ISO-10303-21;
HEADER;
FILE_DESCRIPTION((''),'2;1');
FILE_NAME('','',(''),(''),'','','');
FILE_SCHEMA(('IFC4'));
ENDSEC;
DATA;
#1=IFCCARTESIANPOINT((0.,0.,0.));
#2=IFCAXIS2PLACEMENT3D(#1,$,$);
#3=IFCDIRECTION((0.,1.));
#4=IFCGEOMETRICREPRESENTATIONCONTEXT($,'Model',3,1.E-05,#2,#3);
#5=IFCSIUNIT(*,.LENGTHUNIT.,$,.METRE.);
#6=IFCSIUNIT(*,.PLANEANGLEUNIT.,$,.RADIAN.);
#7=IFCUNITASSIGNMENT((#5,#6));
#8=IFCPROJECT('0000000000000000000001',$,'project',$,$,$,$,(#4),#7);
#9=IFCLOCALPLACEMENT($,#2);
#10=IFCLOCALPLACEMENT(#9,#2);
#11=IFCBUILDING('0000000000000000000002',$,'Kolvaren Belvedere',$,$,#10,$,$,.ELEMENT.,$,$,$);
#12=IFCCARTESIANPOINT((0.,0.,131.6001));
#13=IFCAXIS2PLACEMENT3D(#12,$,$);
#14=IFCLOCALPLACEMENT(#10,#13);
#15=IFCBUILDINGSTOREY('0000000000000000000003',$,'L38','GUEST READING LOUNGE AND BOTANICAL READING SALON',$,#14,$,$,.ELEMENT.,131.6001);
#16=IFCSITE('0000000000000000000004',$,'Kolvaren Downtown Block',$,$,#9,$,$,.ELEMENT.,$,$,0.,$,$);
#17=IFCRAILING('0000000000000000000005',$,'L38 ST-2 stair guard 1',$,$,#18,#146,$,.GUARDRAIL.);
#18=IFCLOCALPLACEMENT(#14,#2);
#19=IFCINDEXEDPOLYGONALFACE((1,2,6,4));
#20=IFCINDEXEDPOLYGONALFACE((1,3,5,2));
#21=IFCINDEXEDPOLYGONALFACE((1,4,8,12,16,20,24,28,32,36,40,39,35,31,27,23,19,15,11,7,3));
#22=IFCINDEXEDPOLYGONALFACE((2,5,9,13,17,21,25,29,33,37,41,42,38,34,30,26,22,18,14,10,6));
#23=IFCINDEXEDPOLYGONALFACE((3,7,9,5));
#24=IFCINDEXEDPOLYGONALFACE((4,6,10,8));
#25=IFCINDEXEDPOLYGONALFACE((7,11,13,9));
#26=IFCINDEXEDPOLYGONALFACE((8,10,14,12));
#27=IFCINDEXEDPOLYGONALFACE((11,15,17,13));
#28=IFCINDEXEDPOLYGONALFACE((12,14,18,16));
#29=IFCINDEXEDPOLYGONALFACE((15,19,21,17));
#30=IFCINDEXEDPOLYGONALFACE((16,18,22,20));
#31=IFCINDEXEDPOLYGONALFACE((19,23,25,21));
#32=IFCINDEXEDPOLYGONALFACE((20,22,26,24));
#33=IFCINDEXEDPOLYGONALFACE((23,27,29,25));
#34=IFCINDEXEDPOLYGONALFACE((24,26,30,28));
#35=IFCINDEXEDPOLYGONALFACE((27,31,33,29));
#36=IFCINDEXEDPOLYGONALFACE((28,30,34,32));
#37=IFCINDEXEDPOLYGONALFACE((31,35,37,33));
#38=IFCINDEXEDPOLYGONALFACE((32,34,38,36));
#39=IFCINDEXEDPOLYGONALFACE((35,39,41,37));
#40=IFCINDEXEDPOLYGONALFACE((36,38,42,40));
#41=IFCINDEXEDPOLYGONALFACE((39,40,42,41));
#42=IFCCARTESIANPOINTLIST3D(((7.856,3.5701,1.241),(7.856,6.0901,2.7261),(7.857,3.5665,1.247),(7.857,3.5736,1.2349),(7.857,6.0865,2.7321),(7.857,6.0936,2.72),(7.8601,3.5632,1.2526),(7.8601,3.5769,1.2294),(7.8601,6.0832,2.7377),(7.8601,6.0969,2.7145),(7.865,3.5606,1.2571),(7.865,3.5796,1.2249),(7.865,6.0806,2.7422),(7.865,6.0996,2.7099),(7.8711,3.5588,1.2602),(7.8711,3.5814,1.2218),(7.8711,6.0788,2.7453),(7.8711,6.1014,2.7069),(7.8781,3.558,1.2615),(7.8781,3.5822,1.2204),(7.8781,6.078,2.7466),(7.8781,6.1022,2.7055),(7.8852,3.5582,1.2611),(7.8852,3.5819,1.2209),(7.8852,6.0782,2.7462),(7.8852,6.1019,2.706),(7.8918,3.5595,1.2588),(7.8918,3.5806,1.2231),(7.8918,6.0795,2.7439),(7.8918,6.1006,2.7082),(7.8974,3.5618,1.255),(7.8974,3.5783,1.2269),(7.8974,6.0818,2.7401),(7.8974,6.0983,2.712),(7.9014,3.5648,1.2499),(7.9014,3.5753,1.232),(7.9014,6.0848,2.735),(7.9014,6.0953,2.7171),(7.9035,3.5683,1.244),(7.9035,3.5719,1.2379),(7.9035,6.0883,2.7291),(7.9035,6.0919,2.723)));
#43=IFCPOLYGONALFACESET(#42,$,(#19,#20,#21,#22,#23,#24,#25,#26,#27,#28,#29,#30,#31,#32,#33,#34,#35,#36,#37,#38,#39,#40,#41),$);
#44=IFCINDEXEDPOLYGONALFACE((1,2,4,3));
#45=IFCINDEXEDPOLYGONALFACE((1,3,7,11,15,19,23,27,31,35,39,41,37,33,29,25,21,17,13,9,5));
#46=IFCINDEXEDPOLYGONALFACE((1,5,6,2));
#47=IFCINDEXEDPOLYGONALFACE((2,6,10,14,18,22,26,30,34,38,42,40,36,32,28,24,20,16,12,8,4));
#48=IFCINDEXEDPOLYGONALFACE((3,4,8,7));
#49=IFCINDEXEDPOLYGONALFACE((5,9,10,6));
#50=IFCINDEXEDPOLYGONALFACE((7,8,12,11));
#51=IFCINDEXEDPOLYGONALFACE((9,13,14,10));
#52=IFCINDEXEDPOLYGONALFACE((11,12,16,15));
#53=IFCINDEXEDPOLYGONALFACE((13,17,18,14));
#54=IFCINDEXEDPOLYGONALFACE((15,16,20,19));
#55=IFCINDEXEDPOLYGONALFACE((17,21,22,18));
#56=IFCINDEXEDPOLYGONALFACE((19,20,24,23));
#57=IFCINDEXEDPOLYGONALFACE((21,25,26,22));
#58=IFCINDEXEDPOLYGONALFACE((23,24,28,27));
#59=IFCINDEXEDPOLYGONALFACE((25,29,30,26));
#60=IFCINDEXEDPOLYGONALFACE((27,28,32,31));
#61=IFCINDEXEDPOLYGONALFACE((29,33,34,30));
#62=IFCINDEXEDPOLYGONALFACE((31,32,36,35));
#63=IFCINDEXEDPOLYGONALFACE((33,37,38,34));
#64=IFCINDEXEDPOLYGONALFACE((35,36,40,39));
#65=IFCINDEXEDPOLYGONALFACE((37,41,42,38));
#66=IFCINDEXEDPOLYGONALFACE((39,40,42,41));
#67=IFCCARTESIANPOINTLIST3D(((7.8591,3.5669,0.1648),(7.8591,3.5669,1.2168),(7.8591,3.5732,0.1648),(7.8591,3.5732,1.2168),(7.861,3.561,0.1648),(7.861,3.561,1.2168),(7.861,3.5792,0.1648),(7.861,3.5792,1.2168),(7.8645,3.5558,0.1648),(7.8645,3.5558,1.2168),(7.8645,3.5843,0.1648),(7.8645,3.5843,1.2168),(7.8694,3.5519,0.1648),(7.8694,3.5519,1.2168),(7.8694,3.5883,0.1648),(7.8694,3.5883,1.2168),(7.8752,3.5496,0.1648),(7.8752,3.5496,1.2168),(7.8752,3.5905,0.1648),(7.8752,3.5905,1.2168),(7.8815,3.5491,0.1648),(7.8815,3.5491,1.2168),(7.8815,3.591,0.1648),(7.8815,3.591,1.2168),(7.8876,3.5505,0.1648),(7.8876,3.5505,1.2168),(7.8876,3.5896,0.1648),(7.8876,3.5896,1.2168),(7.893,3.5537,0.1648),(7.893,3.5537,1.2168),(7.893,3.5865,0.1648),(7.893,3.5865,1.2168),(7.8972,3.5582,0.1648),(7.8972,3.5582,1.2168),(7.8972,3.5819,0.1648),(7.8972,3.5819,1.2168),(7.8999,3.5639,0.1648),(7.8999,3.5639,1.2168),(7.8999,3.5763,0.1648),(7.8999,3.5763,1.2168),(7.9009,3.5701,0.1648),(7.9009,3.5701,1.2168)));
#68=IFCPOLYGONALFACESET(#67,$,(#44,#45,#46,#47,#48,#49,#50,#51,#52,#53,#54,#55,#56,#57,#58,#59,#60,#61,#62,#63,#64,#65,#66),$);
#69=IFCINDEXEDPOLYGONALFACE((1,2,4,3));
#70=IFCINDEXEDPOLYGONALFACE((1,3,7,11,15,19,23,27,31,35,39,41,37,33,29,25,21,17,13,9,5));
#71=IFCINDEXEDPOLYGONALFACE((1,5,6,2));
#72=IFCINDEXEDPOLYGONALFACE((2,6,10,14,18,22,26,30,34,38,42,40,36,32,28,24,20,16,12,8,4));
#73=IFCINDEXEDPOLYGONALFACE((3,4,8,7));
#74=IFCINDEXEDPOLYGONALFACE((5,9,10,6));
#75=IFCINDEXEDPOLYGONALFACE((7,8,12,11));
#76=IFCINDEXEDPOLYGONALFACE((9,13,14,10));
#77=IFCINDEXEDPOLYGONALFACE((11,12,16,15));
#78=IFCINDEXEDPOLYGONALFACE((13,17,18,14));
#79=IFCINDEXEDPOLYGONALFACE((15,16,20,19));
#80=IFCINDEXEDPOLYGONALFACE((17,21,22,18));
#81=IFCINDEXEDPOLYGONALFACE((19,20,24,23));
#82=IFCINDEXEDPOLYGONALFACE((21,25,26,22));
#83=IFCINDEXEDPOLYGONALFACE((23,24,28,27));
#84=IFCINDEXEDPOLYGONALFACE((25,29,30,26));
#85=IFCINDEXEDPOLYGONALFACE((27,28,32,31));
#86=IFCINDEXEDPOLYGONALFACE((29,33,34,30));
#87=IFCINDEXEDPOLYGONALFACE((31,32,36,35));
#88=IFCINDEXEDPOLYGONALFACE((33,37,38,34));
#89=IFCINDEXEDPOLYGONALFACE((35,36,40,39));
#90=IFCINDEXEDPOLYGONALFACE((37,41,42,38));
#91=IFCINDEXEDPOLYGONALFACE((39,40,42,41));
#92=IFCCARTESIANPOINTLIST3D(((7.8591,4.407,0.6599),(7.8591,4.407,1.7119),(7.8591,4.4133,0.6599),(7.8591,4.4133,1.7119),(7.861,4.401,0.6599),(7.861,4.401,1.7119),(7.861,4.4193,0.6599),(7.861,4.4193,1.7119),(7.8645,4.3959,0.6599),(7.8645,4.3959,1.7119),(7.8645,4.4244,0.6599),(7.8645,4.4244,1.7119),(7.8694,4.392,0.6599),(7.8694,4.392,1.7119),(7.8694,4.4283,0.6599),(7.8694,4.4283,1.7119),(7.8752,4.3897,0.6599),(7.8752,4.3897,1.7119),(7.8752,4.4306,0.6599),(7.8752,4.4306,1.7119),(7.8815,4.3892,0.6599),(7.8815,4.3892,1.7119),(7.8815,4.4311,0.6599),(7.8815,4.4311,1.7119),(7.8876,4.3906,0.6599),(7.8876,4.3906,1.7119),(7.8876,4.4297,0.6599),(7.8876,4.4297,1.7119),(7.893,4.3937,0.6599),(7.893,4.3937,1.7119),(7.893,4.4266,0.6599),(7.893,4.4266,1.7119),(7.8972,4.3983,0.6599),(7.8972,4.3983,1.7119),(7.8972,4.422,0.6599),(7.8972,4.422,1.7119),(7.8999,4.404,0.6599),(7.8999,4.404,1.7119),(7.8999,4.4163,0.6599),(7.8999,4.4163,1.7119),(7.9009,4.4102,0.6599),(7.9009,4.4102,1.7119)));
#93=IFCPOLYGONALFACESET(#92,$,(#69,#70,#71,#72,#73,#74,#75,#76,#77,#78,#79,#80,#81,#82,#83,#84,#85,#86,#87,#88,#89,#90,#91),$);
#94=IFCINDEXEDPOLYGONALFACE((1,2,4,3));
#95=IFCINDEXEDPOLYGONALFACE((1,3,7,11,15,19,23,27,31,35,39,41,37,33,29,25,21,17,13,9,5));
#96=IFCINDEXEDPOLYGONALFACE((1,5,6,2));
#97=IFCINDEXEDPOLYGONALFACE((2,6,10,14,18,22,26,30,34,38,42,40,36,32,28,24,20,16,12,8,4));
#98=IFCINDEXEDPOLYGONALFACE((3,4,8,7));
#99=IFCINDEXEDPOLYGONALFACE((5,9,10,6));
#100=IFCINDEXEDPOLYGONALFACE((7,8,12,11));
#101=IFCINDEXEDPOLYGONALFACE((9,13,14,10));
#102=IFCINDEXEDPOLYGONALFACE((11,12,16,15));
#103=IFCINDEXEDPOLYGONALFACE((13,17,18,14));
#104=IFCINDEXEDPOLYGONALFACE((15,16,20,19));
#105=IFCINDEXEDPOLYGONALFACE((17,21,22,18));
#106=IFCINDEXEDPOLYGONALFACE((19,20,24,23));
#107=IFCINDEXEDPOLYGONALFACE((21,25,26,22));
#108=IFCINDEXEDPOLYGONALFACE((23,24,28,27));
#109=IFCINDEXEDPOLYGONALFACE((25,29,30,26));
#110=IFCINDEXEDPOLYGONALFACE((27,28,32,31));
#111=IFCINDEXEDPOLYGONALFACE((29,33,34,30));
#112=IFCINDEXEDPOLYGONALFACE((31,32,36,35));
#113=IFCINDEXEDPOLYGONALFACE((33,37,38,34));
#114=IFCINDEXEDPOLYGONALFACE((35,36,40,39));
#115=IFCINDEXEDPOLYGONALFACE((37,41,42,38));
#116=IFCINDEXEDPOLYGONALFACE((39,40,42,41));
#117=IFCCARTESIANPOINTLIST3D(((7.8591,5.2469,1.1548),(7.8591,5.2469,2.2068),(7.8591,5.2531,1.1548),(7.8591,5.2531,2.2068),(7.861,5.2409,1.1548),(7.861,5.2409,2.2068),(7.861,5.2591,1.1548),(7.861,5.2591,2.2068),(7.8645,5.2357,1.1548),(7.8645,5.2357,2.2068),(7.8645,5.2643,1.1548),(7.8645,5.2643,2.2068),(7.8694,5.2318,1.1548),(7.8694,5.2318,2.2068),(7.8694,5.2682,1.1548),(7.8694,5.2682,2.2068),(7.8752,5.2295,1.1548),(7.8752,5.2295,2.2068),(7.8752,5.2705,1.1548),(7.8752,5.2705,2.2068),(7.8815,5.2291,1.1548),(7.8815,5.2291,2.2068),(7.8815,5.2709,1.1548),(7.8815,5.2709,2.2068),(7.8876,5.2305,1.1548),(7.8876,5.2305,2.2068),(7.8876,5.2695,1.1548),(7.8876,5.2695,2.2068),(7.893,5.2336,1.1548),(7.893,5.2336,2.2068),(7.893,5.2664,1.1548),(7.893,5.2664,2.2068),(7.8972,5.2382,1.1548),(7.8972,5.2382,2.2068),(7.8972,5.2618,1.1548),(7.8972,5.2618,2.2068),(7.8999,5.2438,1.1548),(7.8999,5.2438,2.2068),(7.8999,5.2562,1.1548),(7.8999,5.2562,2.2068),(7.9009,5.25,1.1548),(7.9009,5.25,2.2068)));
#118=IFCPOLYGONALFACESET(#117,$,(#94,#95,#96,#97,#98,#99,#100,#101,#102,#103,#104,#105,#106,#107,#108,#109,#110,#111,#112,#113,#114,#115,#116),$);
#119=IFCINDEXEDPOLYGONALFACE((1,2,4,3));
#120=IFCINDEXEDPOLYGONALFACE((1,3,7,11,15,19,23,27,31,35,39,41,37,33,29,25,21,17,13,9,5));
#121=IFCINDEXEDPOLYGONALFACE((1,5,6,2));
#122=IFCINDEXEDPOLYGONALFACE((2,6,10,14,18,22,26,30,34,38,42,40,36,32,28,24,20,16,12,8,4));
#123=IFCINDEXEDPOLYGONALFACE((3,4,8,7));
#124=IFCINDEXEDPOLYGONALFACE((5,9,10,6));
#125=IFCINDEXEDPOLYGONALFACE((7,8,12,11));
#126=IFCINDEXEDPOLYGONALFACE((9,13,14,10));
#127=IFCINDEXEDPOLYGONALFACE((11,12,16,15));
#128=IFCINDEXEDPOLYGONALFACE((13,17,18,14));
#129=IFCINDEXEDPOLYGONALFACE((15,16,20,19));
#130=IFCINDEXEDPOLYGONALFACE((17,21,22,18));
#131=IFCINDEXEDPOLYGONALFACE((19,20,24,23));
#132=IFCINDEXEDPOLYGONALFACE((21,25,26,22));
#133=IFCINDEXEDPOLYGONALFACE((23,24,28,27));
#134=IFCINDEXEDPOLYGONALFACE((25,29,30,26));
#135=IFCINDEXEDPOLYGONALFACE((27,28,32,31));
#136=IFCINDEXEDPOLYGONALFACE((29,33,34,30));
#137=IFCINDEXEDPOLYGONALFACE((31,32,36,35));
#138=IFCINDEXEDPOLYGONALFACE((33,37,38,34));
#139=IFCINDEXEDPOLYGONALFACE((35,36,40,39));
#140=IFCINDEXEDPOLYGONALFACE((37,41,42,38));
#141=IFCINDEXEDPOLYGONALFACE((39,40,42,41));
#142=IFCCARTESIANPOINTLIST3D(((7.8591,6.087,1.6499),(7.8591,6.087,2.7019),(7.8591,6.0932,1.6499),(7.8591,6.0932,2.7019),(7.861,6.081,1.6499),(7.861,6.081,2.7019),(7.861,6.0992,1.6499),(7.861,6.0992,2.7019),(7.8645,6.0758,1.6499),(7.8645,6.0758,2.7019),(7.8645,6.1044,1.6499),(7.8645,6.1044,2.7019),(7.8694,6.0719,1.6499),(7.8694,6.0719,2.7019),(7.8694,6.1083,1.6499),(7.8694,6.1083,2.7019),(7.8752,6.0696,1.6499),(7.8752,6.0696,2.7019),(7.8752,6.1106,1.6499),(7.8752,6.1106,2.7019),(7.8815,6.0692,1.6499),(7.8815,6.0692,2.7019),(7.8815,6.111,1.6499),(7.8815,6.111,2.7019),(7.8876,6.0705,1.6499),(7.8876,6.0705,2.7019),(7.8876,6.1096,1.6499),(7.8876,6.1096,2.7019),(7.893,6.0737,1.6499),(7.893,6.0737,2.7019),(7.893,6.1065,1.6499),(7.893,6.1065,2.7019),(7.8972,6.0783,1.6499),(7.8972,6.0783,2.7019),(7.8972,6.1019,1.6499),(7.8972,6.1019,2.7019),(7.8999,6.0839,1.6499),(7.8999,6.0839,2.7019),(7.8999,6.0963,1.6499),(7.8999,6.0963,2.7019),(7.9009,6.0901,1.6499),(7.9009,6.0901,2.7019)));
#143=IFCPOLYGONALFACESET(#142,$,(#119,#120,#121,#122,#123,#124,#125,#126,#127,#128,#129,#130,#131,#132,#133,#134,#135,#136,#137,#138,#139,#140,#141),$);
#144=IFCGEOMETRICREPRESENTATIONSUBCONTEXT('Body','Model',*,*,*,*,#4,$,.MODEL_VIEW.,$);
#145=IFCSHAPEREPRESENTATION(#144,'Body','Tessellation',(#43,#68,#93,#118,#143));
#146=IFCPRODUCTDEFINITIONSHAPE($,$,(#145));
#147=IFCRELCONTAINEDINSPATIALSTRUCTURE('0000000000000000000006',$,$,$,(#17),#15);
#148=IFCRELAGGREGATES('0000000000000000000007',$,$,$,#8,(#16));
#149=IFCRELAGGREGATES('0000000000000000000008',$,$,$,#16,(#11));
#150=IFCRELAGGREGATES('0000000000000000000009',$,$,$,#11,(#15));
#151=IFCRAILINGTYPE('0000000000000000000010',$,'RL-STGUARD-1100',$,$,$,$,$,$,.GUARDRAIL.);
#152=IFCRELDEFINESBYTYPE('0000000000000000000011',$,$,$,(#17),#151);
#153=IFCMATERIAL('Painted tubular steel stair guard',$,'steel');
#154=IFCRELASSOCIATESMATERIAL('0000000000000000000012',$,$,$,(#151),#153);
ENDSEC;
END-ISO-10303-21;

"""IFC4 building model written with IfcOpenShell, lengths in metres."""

from ifc_helpers import new_model, si_unit, direction, frame, origin, origin_2d, place, context, subcontext, project, spatial, circle, extrude, material, type_object, element, save


model = new_model("IFC4")

# Units and contexts
model_context = context("Model", 3, precision=1e-05, world=origin(), true_north=direction((0.0, 1.0)))
body_context = subcontext(model_context, "Body", "Model", "MODEL_VIEW")
ifc_project = project(units=[si_unit("LENGTHUNIT", "METRE"), si_unit("PLANEANGLEUNIT", "RADIAN")], contexts=[model_context])

# Site, building, storey
site_placement = place(None, origin())
site = spatial("IfcSite", under=ifc_project, at=site_placement, Name="Kolvaren Downtown Block", CompositionType="ELEMENT", RefElevation=0.0)
building_placement = place(site_placement, origin())
building = spatial("IfcBuilding", under=site, at=building_placement, Name="Kolvaren Belvedere", CompositionType="ELEMENT")
storey_placement = place(building_placement, frame((0.0, 0.0, 131.6001)))
storey = spatial("IfcBuildingStorey", under=building, at=storey_placement, Name="L38", Description="GUEST READING LOUNGE AND BOTANICAL READING SALON", CompositionType="ELEMENT", Elevation=131.6001)

# Railing
ifc_material_1 = material(Name="Painted tubular steel stair guard", Category="steel")
railing_type_1 = type_object("IfcRailingType", Name="RL-STGUARD-1100", PredefinedType="GUARDRAIL", material=ifc_material_1)
railing_1_placement = place(storey_placement, frame((7.8799, 3.5701, 0.1648)))
element("IfcRailing", 1, at=railing_1_placement, inside=storey, type_object=railing_type_1, Name="L38 ST-2 stair guard 1", PredefinedType="GUARDRAIL", context=body_context, shape_type="SweptSolid", body=[
    extrude(circle(Radius=0.0239, at=origin_2d()), frame((0.0, 0.0, 1.0762), z_axis=(0.0, 0.861524, 0.507717), x_axis=(-1.0, 0.0, 0.0)), (0.0, 0.0, 1.0), 2.925),
    extrude(circle(Radius=0.021, at=origin_2d()), origin(), (0.0, 0.0, 1.0), 1.052),
    extrude(circle(Radius=0.021, at=origin_2d()), frame((0.0, 0.8401, 0.4951)), (0.0, 0.0, 1.0), 1.052),
    extrude(circle(Radius=0.021, at=origin_2d()), frame((0.0, 1.6799, 0.99)), (0.0, 0.0, 1.0), 1.052),
    extrude(circle(Radius=0.021, at=origin_2d()), frame((0.0, 2.52, 1.4851)), (0.0, 0.0, 1.0), 1.052),
])

save(model, "model.ifc")
